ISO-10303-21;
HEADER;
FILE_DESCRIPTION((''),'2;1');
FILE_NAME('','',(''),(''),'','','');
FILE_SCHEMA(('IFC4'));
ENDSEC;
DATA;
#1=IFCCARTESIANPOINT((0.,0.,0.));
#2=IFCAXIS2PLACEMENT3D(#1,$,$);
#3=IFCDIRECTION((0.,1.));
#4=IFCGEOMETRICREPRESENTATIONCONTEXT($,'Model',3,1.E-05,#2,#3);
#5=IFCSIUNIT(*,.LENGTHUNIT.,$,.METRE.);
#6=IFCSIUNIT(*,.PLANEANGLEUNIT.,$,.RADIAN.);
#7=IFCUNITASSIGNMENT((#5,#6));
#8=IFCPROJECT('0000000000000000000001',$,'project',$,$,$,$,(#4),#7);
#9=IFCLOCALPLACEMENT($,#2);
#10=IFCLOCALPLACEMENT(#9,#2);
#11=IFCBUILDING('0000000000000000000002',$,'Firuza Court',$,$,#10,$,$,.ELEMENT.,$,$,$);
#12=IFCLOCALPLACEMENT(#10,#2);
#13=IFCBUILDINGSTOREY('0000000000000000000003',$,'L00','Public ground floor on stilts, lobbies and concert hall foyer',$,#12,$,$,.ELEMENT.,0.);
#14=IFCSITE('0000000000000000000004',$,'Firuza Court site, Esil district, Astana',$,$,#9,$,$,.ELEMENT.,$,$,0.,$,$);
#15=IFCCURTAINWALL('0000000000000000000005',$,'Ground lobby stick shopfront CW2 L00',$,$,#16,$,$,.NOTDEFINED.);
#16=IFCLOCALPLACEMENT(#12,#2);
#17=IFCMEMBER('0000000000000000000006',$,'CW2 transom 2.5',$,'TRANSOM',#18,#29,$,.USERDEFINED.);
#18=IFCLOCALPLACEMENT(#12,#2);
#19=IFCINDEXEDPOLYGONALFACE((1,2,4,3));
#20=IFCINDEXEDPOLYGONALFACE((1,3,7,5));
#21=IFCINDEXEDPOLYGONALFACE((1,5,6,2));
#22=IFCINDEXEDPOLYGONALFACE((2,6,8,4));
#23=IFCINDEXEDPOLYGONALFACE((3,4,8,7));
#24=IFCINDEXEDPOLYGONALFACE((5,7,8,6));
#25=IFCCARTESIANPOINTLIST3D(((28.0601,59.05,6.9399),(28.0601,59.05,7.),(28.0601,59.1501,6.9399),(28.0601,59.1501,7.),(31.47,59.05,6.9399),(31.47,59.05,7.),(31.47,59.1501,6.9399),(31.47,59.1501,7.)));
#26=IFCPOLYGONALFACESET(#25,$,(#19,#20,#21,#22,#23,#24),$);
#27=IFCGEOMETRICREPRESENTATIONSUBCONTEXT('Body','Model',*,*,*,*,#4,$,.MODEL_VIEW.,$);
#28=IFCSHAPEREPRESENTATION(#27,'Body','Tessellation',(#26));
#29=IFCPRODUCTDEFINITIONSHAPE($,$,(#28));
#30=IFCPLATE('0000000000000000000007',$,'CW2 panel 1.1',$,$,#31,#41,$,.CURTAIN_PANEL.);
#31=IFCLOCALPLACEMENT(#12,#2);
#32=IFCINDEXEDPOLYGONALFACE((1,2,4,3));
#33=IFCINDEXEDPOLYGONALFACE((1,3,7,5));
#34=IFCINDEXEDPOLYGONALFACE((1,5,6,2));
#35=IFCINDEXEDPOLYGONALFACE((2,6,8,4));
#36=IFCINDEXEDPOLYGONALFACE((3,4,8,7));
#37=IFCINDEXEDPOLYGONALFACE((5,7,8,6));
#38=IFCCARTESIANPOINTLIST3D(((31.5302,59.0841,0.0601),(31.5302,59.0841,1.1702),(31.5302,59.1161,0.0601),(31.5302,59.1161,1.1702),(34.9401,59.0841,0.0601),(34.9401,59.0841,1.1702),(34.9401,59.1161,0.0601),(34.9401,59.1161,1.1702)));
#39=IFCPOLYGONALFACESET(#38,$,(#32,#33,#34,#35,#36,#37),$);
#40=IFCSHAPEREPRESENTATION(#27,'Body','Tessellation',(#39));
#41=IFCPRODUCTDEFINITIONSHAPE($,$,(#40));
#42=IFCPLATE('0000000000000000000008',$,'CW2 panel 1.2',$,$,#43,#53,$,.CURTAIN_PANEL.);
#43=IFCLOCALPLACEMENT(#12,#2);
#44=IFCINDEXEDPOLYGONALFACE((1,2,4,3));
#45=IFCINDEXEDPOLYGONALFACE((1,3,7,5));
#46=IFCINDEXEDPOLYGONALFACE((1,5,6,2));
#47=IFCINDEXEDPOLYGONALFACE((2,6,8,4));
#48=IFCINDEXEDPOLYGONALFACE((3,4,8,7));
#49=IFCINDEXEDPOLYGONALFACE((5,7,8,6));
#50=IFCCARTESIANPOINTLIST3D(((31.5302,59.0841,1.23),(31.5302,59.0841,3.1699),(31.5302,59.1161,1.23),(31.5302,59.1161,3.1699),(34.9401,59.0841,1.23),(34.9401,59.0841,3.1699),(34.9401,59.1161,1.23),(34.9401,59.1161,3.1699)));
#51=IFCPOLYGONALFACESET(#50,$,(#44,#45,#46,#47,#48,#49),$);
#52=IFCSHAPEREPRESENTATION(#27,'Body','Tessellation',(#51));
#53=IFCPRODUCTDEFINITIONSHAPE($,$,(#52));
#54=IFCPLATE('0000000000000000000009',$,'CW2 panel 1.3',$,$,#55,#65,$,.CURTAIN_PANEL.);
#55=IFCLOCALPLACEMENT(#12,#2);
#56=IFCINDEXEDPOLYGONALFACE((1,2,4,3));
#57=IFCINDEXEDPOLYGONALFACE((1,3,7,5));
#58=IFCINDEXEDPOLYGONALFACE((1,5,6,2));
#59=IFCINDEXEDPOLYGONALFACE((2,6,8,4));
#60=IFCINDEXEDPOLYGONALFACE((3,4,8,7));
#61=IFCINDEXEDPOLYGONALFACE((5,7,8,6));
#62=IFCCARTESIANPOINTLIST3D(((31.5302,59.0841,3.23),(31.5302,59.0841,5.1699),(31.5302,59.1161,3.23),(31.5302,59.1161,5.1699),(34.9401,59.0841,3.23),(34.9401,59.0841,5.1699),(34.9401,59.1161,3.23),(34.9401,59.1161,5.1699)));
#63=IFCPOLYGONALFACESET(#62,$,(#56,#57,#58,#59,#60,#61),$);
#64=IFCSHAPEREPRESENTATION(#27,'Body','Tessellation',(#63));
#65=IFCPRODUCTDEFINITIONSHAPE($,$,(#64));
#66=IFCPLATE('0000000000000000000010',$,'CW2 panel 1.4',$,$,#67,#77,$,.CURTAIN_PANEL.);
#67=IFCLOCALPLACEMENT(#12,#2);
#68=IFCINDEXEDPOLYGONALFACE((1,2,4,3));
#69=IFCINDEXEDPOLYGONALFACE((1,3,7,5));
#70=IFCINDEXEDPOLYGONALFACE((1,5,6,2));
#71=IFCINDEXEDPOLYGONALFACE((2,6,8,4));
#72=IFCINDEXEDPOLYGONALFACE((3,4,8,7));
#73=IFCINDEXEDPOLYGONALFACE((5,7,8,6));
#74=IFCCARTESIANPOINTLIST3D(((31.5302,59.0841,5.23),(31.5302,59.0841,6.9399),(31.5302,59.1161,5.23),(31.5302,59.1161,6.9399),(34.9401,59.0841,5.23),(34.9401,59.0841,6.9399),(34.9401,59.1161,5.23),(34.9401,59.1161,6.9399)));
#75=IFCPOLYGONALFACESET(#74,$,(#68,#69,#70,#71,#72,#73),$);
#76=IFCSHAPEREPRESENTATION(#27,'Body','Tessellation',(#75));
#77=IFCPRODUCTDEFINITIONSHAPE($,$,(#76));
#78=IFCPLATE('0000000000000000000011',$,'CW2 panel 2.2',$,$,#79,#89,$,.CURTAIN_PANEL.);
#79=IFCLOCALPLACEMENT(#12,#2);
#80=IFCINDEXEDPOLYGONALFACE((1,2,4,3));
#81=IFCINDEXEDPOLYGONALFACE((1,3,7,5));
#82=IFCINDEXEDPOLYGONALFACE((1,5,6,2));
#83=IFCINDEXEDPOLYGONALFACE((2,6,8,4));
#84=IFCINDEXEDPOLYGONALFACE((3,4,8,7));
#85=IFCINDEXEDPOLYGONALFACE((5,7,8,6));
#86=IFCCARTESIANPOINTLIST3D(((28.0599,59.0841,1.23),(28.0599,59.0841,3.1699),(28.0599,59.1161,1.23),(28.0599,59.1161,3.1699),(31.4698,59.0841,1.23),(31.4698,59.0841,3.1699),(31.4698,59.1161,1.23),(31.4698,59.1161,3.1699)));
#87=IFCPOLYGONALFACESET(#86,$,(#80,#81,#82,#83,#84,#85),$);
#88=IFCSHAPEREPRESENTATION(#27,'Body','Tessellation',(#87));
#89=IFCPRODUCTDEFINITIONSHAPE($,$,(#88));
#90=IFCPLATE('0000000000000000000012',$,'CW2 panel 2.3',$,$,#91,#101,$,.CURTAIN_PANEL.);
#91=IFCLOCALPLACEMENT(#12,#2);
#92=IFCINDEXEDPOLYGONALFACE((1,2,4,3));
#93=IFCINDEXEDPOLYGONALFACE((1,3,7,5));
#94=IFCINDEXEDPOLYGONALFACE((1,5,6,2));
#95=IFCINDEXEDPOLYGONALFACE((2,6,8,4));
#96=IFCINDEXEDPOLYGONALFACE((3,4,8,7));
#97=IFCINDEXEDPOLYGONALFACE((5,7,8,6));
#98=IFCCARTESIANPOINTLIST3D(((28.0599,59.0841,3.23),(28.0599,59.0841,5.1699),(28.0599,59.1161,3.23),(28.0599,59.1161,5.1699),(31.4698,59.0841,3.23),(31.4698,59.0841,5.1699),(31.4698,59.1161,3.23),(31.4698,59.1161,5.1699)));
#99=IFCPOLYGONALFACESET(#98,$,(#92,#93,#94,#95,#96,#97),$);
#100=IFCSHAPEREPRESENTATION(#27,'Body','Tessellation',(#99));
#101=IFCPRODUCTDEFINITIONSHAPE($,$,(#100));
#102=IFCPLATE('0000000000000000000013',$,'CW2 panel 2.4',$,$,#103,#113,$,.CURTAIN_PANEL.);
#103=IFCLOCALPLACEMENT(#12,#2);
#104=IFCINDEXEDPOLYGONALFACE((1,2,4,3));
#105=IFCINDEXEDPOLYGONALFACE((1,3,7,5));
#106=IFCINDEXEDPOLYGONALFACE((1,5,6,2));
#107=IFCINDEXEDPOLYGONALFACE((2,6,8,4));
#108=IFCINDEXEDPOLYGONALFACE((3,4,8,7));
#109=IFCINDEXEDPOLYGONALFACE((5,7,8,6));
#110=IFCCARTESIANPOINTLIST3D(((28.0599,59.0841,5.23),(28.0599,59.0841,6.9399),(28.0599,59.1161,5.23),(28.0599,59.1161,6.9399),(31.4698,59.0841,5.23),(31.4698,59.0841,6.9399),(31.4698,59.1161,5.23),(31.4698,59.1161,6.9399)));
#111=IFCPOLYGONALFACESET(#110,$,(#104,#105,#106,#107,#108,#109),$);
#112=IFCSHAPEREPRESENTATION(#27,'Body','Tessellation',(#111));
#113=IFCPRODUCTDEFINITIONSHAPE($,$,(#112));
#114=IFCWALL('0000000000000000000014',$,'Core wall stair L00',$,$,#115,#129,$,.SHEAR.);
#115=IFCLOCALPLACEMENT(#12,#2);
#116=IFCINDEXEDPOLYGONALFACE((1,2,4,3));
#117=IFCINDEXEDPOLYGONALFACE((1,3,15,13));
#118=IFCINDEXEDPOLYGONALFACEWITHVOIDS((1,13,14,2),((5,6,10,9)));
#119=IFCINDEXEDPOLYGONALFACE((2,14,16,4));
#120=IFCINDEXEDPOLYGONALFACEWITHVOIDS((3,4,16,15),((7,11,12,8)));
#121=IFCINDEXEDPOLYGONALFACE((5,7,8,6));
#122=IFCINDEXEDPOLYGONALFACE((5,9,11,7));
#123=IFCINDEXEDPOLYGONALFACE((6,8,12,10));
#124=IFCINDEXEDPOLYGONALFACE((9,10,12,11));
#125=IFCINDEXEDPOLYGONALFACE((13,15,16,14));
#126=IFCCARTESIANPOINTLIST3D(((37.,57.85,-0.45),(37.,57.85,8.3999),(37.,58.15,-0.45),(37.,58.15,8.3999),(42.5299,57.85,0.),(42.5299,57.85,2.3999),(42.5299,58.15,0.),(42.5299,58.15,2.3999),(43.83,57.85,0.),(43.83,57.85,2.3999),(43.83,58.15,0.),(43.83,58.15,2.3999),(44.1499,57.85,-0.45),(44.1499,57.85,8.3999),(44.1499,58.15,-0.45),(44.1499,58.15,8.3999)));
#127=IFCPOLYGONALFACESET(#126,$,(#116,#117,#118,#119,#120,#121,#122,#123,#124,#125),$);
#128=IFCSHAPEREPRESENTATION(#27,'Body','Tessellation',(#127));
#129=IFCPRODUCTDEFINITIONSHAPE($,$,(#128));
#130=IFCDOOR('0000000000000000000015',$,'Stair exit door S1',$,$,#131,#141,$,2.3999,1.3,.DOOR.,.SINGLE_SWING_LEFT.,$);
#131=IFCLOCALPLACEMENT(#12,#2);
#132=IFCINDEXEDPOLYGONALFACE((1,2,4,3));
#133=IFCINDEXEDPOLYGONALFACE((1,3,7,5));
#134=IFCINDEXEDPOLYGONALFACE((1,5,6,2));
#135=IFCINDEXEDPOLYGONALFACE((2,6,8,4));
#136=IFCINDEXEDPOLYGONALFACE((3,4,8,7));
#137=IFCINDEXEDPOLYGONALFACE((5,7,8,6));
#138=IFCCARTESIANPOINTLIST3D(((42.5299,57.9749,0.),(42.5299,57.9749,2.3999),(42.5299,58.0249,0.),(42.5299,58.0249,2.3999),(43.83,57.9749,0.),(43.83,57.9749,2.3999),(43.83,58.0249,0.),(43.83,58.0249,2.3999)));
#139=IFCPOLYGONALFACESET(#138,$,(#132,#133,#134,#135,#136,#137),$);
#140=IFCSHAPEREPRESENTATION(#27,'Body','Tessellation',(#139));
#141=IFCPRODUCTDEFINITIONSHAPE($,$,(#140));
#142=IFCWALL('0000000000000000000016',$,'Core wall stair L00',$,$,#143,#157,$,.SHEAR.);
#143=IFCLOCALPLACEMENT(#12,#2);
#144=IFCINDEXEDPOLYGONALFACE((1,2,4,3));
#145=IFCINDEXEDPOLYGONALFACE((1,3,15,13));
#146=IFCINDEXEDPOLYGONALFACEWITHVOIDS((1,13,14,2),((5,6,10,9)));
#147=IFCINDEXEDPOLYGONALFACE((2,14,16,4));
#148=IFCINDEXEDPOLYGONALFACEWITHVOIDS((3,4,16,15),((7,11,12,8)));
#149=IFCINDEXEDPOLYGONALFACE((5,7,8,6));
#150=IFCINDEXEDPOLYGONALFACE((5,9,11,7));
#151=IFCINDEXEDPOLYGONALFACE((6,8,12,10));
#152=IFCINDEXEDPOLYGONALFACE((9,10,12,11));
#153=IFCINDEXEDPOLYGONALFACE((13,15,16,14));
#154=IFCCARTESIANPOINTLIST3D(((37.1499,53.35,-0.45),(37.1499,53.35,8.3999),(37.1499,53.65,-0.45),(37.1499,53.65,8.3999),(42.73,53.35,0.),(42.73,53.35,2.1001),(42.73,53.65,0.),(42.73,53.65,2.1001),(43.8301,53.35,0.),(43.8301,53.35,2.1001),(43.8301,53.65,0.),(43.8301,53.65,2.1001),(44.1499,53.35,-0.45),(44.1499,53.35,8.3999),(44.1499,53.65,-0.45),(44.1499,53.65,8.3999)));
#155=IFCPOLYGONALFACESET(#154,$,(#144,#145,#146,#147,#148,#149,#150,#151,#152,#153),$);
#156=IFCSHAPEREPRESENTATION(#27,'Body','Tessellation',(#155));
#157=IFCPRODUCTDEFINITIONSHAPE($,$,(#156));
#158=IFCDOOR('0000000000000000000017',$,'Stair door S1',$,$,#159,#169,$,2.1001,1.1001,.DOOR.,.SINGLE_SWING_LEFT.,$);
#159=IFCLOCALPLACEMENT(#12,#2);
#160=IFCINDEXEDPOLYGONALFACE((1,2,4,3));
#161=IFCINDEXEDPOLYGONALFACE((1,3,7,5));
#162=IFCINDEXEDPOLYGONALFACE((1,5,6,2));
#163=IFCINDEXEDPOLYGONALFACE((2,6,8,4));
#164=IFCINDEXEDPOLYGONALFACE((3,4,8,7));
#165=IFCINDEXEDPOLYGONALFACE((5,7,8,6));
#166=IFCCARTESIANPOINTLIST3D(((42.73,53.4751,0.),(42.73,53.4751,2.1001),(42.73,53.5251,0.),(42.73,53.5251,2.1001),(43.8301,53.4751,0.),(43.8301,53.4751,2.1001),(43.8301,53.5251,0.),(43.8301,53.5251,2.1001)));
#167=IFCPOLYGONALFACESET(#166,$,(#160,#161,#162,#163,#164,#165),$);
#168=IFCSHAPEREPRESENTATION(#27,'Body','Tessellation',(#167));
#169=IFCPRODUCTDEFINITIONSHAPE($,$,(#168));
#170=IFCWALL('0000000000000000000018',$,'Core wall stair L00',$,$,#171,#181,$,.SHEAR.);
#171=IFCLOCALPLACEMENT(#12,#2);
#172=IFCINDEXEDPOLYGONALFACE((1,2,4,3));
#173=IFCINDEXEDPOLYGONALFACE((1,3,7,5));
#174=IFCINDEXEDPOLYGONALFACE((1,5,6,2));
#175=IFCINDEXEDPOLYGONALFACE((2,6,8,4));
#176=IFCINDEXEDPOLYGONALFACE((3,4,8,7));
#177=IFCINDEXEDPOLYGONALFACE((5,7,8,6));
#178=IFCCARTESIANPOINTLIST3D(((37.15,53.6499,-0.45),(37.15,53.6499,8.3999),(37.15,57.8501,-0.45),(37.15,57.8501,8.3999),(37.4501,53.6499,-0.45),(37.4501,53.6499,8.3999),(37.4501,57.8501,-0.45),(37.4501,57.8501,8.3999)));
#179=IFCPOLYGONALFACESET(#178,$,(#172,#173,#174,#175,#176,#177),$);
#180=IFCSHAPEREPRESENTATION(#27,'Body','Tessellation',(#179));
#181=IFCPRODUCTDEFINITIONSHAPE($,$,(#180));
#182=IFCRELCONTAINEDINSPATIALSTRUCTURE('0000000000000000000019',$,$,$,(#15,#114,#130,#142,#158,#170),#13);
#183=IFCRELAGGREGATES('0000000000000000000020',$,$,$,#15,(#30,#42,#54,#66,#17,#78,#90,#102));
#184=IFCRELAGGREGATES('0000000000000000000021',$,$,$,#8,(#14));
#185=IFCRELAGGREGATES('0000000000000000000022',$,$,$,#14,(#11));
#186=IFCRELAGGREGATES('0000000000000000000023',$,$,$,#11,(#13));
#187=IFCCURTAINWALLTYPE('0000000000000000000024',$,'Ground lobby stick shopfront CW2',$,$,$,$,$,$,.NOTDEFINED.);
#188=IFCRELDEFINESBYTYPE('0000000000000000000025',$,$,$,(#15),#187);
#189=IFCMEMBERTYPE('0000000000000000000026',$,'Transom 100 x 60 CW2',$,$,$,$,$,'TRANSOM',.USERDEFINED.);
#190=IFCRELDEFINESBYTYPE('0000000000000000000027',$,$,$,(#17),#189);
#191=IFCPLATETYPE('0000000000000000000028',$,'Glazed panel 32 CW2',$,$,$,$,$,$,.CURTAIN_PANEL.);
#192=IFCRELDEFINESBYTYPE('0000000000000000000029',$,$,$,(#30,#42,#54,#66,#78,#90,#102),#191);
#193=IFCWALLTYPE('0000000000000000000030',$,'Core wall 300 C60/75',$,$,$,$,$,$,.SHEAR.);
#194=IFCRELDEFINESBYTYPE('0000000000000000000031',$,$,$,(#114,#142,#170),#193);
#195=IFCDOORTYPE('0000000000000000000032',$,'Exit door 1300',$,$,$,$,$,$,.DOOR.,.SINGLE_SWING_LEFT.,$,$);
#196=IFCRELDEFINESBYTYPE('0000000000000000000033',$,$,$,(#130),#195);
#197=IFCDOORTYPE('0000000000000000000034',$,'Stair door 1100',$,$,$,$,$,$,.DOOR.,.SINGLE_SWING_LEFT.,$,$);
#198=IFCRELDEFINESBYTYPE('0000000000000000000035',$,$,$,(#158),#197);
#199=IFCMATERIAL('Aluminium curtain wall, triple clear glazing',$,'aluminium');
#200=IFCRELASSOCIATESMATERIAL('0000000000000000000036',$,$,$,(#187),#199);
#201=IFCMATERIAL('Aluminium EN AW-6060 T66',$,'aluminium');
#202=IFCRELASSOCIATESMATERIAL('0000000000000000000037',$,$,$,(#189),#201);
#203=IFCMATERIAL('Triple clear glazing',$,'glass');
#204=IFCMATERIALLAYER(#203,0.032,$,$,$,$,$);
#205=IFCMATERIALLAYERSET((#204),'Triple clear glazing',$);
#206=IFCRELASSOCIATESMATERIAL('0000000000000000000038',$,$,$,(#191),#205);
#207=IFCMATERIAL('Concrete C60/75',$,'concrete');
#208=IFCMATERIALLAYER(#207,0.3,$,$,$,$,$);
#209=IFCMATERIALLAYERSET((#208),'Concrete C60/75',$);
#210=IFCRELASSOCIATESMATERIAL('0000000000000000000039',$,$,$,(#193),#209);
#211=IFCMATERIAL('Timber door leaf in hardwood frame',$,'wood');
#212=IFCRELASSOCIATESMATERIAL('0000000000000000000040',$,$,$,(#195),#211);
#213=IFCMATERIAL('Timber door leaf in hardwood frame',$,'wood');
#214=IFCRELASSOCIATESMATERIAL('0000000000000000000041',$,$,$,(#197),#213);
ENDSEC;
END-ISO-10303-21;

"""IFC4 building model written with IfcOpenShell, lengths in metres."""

from ifc_helpers import new_model, si_unit, direction, frame, frame_2d, origin, origin_2d, place, context, subcontext, project, spatial, rectangle, extrude, material, layer, layer_set, material_profile, profile_set, type_object, element, fill, aggregate, save


model = new_model("IFC4")

# Units and contexts
model_context = context("Model", 3, precision=1e-05, world=origin(), true_north=direction((0.0, 1.0)))
body_context = subcontext(model_context, "Body", "Model", "MODEL_VIEW")
ifc_project = project(units=[si_unit("LENGTHUNIT", "METRE"), si_unit("PLANEANGLEUNIT", "RADIAN")], contexts=[model_context])

# Site, building, storey
site_placement = place(None, origin())
site = spatial("IfcSite", under=ifc_project, at=site_placement, Name="Firuza Court site, Esil district, Astana", CompositionType="ELEMENT", RefElevation=0.0)
building_placement = place(site_placement, origin())
building = spatial("IfcBuilding", under=site, at=building_placement, Name="Firuza Court", CompositionType="ELEMENT")
storey_placement = place(building_placement, origin())
storey = spatial("IfcBuildingStorey", under=building, at=storey_placement, Name="L00", Description="Public ground floor on stilts, lobbies and concert hall foyer", CompositionType="ELEMENT", Elevation=0.0)

# Curtain wall
ifc_material_1 = material(Name="Aluminium curtain wall, triple clear glazing", Category="aluminium")
curtain_wall_type = type_object("IfcCurtainWallType", Name="Ground lobby stick shopfront CW2", PredefinedType="NOTDEFINED", material=ifc_material_1)
curtain_wall_placement = place(storey_placement, origin())
curtain_wall = element("IfcCurtainWall", 1, at=curtain_wall_placement, inside=storey, type_object=curtain_wall_type, Name="Ground lobby stick shopfront CW2 L00", PredefinedType="NOTDEFINED")

# Member
ifc_material_2 = material(Name="Aluminium EN AW-6060 T66", Category="aluminium")
ifc_material_profile_1 = material_profile(ifc_material_2, rectangle(XDim=0.1001, YDim=0.0601, at=origin_2d()), Name="Transom 100 x 60 CW2")
ifc_profile_set_1 = profile_set([ifc_material_profile_1], Name="Aluminium EN AW-6060 T66")
member_type_1 = type_object("IfcMemberType", Name="Transom 100 x 60 CW2", ElementType="TRANSOM", PredefinedType="USERDEFINED", material=ifc_profile_set_1)
member_1_placement = place(storey_placement, frame((31.47, 59.1001, 6.97), z_axis=(-1.0, 0.0, 0.0), x_axis=(0.0, -1.0, 0.0)))
member_1 = element("IfcMember", 2, at=member_1_placement, type_object=member_type_1, Name="CW2 transom 2.5", ObjectType="TRANSOM", PredefinedType="USERDEFINED", context=body_context, shape_type="SweptSolid", body=[
    extrude(rectangle(XDim=0.1001, YDim=0.0601, at=origin_2d()), origin(), (0.0, 0.0, 1.0), 3.4099),
])

# Plates
ifc_material_3 = material(Name="Triple clear glazing", Category="glass")
ifc_layer_1 = layer(ifc_material_3, 0.032)
ifc_layer_set_1 = layer_set([ifc_layer_1], Name="Triple clear glazing")
plate_type = type_object("IfcPlateType", Name="Glazed panel 32 CW2", PredefinedType="CURTAIN_PANEL", material=ifc_layer_set_1)
plate_1_placement = place(storey_placement, frame((33.2351, 59.1001, 0.0601), z_axis=(0.0, 0.0, 1.0), x_axis=(-1.0, 0.0, 0.0)))
plate_1 = element("IfcPlate", 3, at=plate_1_placement, type_object=plate_type, Name="CW2 panel 1.1", PredefinedType="CURTAIN_PANEL", context=body_context, shape_type="SweptSolid", body=[
    extrude(rectangle(XDim=3.4099, YDim=0.032, at=origin_2d()), origin(), (0.0, 0.0, 1.0), 1.1101),
])
plate_2_placement = place(storey_placement, frame((33.2351, 59.1001, 1.23), z_axis=(0.0, 0.0, 1.0), x_axis=(-1.0, 0.0, 0.0)))
plate_2 = element("IfcPlate", 4, at=plate_2_placement, type_object=plate_type, Name="CW2 panel 1.2", PredefinedType="CURTAIN_PANEL", context=body_context, shape_type="SweptSolid", body=[
    extrude(rectangle(XDim=3.4099, YDim=0.032, at=origin_2d()), origin(), (0.0, 0.0, 1.0), 1.9399),
])
plate_3_placement = place(storey_placement, frame((33.2351, 59.1001, 3.23), z_axis=(0.0, 0.0, 1.0), x_axis=(-1.0, 0.0, 0.0)))
plate_3 = element("IfcPlate", 5, at=plate_3_placement, type_object=plate_type, Name="CW2 panel 1.3", PredefinedType="CURTAIN_PANEL", context=body_context, shape_type="SweptSolid", body=[
    extrude(rectangle(XDim=3.4099, YDim=0.032, at=origin_2d()), origin(), (0.0, 0.0, 1.0), 1.9399),
])
plate_4_placement = place(storey_placement, frame((33.2351, 59.1001, 5.23), z_axis=(0.0, 0.0, 1.0), x_axis=(-1.0, 0.0, 0.0)))
plate_4 = element("IfcPlate", 6, at=plate_4_placement, type_object=plate_type, Name="CW2 panel 1.4", PredefinedType="CURTAIN_PANEL", context=body_context, shape_type="SweptSolid", body=[
    extrude(rectangle(XDim=3.4099, YDim=0.032, at=origin_2d()), origin(), (0.0, 0.0, 1.0), 1.71),
])
plate_5_placement = place(storey_placement, frame((29.7649, 59.1001, 1.23), z_axis=(0.0, 0.0, 1.0), x_axis=(-1.0, 0.0, 0.0)))
plate_5 = element("IfcPlate", 7, at=plate_5_placement, type_object=plate_type, Name="CW2 panel 2.2", PredefinedType="CURTAIN_PANEL", context=body_context, shape_type="SweptSolid", body=[
    extrude(rectangle(XDim=3.4099, YDim=0.032, at=origin_2d()), origin(), (0.0, 0.0, 1.0), 1.9399),
])
plate_6_placement = place(storey_placement, frame((29.7649, 59.1001, 3.23), z_axis=(0.0, 0.0, 1.0), x_axis=(-1.0, 0.0, 0.0)))
plate_6 = element("IfcPlate", 8, at=plate_6_placement, type_object=plate_type, Name="CW2 panel 2.3", PredefinedType="CURTAIN_PANEL", context=body_context, shape_type="SweptSolid", body=[
    extrude(rectangle(XDim=3.4099, YDim=0.032, at=origin_2d()), origin(), (0.0, 0.0, 1.0), 1.9399),
])
plate_7_placement = place(storey_placement, frame((29.7649, 59.1001, 5.23), z_axis=(0.0, 0.0, 1.0), x_axis=(-1.0, 0.0, 0.0)))
plate_7 = element("IfcPlate", 9, at=plate_7_placement, type_object=plate_type, Name="CW2 panel 2.4", PredefinedType="CURTAIN_PANEL", context=body_context, shape_type="SweptSolid", body=[
    extrude(rectangle(XDim=3.4099, YDim=0.032, at=origin_2d()), origin(), (0.0, 0.0, 1.0), 1.71),
])
aggregate(curtain_wall, [plate_1, plate_2, plate_3, plate_4, member_1, plate_5, plate_6, plate_7])

# Walls, openings, doors
ifc_material_4 = material(Name="Concrete C60/75", Category="concrete")
ifc_layer_2 = layer(ifc_material_4, 0.3)
ifc_layer_set_2 = layer_set([ifc_layer_2], Name="Concrete C60/75")
wall_type_1 = type_object("IfcWallType", Name="Core wall 300 C60/75", PredefinedType="SHEAR", material=ifc_layer_set_2)
wall_1_placement = place(storey_placement, frame((37.0, 58.0, -0.45), z_axis=(0.0, 0.0, 1.0), x_axis=(1.0, 0.0, 0.0)))
wall_1 = element("IfcWall", 10, at=wall_1_placement, inside=storey, type_object=wall_type_1, Name="Core wall stair L00", PredefinedType="SHEAR", context=body_context, shape_type="SweptSolid", body=[
    extrude(rectangle(XDim=7.1499, YDim=0.3, at=frame_2d((3.575, 0.0))), origin(), (0.0, 0.0, 1.0), 8.8499),
])
opening_1_placement = place(wall_1_placement, frame((5.53, 0.0, 0.45)))
opening_1 = element("IfcOpeningElement", 11, at=opening_1_placement, cuts=wall_1, PredefinedType="OPENING", context=body_context, shape_type="SweptSolid", body=[
    extrude(rectangle(XDim=1.3, YDim=2.3999, at=frame_2d((0.6499, 1.2))), frame((0.0, 0.1621, 0.0), z_axis=(0.0, -1.0, 0.0), x_axis=(1.0, 0.0, 0.0)), (0.0, 0.0, 1.0), 0.324),
])
ifc_material_5 = material(Name="Timber door leaf in hardwood frame", Category="wood")
door_type_1 = type_object("IfcDoorType", Name="Exit door 1300", OperationType="SINGLE_SWING_LEFT", PredefinedType="DOOR", material=ifc_material_5)
door_1_placement = place(opening_1_placement, origin())
door_1 = element("IfcDoor", 12, at=door_1_placement, inside=storey, type_object=door_type_1, Name="Stair exit door S1", OperationType="SINGLE_SWING_LEFT", OverallHeight=2.3999, OverallWidth=1.3, PredefinedType="DOOR", context=body_context, shape_type="SweptSolid", body=[
    extrude(rectangle(XDim=1.3, YDim=2.3999, at=frame_2d((0.6499, 1.2))), frame((0.0, 0.0249, 0.0), z_axis=(0.0, -1.0, 0.0), x_axis=(1.0, 0.0, 0.0)), (0.0, 0.0, 1.0), 0.05),
])
fill(opening_1, door_1)
wall_2_placement = place(storey_placement, frame((37.1499, 53.5, -0.45), z_axis=(0.0, 0.0, 1.0), x_axis=(1.0, 0.0, 0.0)))
wall_2 = element("IfcWall", 13, at=wall_2_placement, inside=storey, type_object=wall_type_1, Name="Core wall stair L00", PredefinedType="SHEAR", context=body_context, shape_type="SweptSolid", body=[
    extrude(rectangle(XDim=7.0, YDim=0.3, at=frame_2d((3.5, 0.0))), origin(), (0.0, 0.0, 1.0), 8.8499),
])
opening_2_placement = place(wall_2_placement, frame((5.5801, 0.0, 0.45)))
opening_2 = element("IfcOpeningElement", 14, at=opening_2_placement, cuts=wall_2, PredefinedType="OPENING", context=body_context, shape_type="SweptSolid", body=[
    extrude(rectangle(XDim=1.1001, YDim=2.1001, at=frame_2d((0.55, 1.05))), frame((0.0, 0.1621, 0.0), z_axis=(0.0, -1.0, 0.0), x_axis=(1.0, 0.0, 0.0)), (0.0, 0.0, 1.0), 0.324),
])
ifc_material_6 = material(Name="Timber door leaf in hardwood frame", Category="wood")
door_type_2 = type_object("IfcDoorType", Name="Stair door 1100", OperationType="SINGLE_SWING_LEFT", PredefinedType="DOOR", material=ifc_material_6)
door_2_placement = place(opening_2_placement, frame((1.1001, 0.0, 0.0), z_axis=(0.0, 0.0, 1.0), x_axis=(-1.0, 0.0, 0.0)))
door_2 = element("IfcDoor", 15, at=door_2_placement, inside=storey, type_object=door_type_2, Name="Stair door S1", OperationType="SINGLE_SWING_LEFT", OverallHeight=2.1001, OverallWidth=1.1001, PredefinedType="DOOR", context=body_context, shape_type="SweptSolid", body=[
    extrude(rectangle(XDim=1.1001, YDim=2.1001, at=frame_2d((0.55, 1.05))), frame((0.0, 0.0249, 0.0), z_axis=(0.0, -1.0, 0.0), x_axis=(1.0, 0.0, 0.0)), (0.0, 0.0, 1.0), 0.05),
])
fill(opening_2, door_2)

# Wall
wall_3_placement = place(storey_placement, frame((37.3, 53.6499, -0.45), z_axis=(0.0, 0.0, 1.0), x_axis=(0.0, 1.0, 0.0)))
element("IfcWall", 16, at=wall_3_placement, inside=storey, type_object=wall_type_1, Name="Core wall stair L00", PredefinedType="SHEAR", context=body_context, shape_type="SweptSolid", body=[
    extrude(rectangle(XDim=4.2002, YDim=0.3, at=frame_2d((2.1001, 0.0))), origin(), (0.0, 0.0, 1.0), 8.8499),
])

save(model, "model.ifc")
